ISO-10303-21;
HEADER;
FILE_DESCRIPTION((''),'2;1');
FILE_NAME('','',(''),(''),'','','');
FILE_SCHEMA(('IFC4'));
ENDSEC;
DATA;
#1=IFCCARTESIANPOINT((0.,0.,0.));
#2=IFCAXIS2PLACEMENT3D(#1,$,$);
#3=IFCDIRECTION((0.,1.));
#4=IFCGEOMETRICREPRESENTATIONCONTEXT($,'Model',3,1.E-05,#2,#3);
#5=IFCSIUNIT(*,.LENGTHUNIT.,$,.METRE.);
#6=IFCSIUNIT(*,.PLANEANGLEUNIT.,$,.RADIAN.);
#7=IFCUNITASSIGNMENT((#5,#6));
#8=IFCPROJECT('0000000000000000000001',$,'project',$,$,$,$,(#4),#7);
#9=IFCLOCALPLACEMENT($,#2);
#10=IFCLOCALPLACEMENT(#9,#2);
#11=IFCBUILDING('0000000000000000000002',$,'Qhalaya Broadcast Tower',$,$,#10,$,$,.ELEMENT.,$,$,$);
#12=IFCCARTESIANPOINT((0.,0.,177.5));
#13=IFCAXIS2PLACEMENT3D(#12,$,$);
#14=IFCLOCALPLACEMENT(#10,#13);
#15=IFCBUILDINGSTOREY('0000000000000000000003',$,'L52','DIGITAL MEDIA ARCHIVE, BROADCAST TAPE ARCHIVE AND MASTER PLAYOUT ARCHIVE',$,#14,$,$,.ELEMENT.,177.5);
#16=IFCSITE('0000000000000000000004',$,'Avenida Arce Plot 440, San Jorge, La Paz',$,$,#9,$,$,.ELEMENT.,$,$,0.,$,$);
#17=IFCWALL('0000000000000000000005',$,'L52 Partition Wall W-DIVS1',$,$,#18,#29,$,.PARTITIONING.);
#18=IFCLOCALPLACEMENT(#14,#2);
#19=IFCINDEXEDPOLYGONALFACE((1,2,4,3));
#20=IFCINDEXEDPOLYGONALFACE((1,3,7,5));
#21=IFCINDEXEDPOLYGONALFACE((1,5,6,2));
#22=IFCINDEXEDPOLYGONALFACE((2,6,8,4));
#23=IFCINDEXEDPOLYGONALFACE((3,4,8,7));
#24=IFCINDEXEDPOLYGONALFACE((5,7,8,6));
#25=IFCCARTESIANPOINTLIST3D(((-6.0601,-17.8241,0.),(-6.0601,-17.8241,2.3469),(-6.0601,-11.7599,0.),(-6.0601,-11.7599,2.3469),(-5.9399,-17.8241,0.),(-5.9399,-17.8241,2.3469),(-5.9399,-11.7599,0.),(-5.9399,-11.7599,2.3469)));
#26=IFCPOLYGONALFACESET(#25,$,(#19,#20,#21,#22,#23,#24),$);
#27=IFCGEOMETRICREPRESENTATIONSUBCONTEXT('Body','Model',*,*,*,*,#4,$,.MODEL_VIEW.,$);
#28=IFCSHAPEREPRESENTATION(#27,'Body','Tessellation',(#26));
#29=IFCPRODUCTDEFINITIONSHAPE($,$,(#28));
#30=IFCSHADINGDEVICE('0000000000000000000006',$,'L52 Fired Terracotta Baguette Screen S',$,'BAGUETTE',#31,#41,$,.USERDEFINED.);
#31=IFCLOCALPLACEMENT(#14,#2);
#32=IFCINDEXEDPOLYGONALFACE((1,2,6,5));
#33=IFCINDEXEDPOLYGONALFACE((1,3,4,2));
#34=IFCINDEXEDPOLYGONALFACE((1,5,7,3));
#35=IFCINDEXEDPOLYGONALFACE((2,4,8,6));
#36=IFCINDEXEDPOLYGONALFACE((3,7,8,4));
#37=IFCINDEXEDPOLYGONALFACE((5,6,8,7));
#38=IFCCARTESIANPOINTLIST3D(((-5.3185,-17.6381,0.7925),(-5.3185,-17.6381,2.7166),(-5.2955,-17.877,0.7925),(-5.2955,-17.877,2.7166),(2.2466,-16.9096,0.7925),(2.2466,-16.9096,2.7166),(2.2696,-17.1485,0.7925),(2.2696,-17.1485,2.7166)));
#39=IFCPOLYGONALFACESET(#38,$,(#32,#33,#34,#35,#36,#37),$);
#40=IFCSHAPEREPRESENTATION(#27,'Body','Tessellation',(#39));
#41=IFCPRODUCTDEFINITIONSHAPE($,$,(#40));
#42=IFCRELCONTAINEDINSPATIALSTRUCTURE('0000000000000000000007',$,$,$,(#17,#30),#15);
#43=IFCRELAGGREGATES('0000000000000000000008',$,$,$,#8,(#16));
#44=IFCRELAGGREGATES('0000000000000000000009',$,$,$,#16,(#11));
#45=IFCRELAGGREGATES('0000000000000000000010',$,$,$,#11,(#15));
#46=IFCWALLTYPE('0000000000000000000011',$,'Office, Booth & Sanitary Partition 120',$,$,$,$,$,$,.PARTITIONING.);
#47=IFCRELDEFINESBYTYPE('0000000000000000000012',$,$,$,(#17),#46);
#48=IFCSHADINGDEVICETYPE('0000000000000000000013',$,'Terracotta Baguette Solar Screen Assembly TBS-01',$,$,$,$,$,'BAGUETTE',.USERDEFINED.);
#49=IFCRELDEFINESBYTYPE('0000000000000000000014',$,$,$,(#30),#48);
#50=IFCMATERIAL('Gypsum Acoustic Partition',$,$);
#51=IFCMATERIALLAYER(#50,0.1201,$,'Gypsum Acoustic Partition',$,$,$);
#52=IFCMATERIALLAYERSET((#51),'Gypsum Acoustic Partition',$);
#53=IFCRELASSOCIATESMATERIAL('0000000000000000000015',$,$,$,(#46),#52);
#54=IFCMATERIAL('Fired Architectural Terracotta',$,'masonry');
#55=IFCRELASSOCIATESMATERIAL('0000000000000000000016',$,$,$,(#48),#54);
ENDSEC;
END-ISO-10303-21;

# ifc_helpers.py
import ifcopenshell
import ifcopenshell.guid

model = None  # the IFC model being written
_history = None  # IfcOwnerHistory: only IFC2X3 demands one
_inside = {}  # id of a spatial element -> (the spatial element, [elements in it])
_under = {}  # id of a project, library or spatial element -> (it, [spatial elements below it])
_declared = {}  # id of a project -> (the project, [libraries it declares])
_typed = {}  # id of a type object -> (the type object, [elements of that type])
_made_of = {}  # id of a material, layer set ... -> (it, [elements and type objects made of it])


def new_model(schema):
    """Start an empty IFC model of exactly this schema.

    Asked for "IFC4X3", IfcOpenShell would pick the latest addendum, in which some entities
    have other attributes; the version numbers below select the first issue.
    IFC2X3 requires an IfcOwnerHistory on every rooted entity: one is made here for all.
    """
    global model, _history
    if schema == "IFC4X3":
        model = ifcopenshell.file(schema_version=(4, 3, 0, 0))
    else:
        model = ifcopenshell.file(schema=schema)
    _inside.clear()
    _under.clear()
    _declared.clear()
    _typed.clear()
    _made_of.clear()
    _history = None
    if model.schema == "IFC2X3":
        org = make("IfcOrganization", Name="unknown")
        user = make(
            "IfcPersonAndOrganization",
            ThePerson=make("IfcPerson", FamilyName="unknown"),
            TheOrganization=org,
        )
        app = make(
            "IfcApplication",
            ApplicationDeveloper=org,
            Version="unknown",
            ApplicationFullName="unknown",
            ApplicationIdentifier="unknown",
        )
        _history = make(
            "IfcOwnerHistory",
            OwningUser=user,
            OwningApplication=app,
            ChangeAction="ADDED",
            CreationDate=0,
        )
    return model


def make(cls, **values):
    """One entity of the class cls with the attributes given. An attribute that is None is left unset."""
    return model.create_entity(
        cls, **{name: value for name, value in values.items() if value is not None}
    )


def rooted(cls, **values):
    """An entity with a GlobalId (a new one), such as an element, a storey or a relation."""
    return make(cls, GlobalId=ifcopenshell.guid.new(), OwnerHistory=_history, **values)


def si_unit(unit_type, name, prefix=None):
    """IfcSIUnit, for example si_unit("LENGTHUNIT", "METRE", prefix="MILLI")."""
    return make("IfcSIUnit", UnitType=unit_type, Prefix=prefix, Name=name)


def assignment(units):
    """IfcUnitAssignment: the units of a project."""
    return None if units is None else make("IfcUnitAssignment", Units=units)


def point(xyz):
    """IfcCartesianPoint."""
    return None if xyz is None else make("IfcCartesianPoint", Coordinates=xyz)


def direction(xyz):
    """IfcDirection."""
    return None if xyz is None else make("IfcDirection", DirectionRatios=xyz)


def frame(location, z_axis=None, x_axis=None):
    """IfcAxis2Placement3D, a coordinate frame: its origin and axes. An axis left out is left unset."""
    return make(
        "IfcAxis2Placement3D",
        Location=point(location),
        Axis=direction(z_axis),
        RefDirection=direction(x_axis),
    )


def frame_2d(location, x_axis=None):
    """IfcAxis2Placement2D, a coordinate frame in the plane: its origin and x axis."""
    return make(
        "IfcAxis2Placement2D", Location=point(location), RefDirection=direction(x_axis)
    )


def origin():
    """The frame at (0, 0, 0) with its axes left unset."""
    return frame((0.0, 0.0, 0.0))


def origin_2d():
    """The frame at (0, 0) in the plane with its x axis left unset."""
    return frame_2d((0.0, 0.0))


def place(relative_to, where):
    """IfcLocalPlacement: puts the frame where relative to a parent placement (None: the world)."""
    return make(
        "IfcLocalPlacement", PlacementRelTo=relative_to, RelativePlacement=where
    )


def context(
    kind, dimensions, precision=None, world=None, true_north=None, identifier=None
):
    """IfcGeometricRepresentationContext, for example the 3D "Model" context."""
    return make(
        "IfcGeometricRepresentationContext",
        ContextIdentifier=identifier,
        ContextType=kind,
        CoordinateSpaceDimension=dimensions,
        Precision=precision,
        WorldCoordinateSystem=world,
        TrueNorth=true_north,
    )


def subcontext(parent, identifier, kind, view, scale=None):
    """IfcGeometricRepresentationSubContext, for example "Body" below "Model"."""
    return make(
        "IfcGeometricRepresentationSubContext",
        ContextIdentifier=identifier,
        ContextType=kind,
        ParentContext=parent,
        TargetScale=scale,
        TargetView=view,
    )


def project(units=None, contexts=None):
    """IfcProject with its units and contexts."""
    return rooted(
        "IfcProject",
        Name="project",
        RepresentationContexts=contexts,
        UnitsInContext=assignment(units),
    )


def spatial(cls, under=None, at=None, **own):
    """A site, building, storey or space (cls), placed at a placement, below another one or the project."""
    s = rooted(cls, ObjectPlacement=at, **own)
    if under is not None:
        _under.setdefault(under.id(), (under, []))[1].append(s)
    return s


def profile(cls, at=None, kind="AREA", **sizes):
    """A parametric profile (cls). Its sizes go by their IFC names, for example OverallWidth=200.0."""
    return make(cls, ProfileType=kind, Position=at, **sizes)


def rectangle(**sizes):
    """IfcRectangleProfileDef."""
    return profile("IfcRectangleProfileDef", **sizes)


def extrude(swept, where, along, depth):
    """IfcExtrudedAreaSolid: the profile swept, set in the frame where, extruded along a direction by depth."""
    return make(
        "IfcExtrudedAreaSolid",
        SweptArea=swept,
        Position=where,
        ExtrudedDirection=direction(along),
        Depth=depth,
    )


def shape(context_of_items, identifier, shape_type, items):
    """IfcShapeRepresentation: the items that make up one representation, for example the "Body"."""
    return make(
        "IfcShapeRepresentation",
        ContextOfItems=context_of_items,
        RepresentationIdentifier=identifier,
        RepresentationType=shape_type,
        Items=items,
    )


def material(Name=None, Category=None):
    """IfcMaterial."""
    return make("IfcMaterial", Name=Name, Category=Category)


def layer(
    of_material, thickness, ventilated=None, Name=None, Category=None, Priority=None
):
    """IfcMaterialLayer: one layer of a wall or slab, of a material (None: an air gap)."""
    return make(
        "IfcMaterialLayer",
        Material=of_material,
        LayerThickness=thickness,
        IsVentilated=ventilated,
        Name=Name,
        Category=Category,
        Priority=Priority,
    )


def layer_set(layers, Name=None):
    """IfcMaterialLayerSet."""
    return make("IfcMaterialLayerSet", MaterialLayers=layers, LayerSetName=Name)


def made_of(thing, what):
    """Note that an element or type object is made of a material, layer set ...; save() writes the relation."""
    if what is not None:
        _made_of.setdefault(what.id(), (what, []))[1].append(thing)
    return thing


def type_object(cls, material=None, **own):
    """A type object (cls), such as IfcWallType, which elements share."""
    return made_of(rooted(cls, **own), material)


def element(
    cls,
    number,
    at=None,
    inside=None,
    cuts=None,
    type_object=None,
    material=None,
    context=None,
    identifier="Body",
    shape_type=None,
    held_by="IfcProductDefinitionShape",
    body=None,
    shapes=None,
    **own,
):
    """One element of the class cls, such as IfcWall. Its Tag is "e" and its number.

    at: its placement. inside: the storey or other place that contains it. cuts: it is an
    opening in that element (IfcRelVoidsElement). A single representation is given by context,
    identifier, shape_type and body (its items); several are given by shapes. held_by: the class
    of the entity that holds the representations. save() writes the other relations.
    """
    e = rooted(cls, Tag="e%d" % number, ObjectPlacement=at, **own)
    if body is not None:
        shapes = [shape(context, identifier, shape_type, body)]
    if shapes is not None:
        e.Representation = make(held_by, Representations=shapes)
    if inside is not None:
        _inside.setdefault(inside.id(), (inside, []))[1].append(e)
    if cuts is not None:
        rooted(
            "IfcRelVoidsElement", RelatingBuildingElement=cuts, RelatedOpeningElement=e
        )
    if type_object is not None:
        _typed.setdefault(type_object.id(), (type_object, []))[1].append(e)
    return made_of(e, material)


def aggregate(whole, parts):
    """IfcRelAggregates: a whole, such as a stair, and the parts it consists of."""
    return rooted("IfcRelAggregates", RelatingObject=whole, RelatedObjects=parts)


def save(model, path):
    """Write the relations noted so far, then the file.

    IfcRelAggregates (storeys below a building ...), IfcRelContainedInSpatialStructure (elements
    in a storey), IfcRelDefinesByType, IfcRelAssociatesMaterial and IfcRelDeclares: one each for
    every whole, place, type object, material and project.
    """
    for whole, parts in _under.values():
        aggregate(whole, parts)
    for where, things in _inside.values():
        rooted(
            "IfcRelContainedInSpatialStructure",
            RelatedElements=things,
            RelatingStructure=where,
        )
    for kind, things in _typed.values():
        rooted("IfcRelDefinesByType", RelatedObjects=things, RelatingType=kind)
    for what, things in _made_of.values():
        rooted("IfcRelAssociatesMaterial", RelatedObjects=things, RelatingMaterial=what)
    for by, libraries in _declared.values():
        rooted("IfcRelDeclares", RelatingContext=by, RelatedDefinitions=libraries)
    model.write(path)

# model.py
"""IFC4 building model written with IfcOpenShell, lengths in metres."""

from ifc_helpers import new_model, si_unit, direction, frame, frame_2d, origin, origin_2d, place, context, subcontext, project, spatial, rectangle, extrude, material, layer, layer_set, type_object, element, save


model = new_model("IFC4")

# Units and contexts
model_context = context("Model", 3, precision=1e-05, world=origin(), true_north=direction((0.0, 1.0)))
body_context = subcontext(model_context, "Body", "Model", "MODEL_VIEW")
ifc_project = project(units=[si_unit("LENGTHUNIT", "METRE"), si_unit("PLANEANGLEUNIT", "RADIAN")], contexts=[model_context])

# Site, building, storey
site_placement = place(None, origin())
site = spatial("IfcSite", under=ifc_project, at=site_placement, Name="Avenida Arce Plot 440, San Jorge, La Paz", CompositionType="ELEMENT", RefElevation=0.0)
building_placement = place(site_placement, origin())
building = spatial("IfcBuilding", under=site, at=building_placement, Name="Qhalaya Broadcast Tower", CompositionType="ELEMENT")
storey_placement = place(building_placement, frame((0.0, 0.0, 177.5)))
storey = spatial("IfcBuildingStorey", under=building, at=storey_placement, Name="L52", Description="DIGITAL MEDIA ARCHIVE, BROADCAST TAPE ARCHIVE AND MASTER PLAYOUT ARCHIVE", CompositionType="ELEMENT", Elevation=177.5)

# Shared definitions
ifc_material_1 = material(Name="Fired Architectural Terracotta", Category="masonry")

# Shared definitions
ifc_material_2 = material(Name="Gypsum Acoustic Partition")

# Wall
ifc_layer_1 = layer(ifc_material_2, 0.1201, Name="Gypsum Acoustic Partition")
ifc_layer_set_1 = layer_set([ifc_layer_1], Name="Gypsum Acoustic Partition")
wall_type_1 = type_object("IfcWallType", Name="Office, Booth & Sanitary Partition 120", PredefinedType="PARTITIONING", material=ifc_layer_set_1)
wall_1_placement = place(storey_placement, frame((-6.0, -17.8242, 0.0), z_axis=(0.0, 0.0, 1.0), x_axis=(0.0, 1.0, 0.0)))
element("IfcWall", 1, at=wall_1_placement, inside=storey, type_object=wall_type_1, Name="L52 Partition Wall W-DIVS1", PredefinedType="PARTITIONING", context=body_context, shape_type="SweptSolid", body=[
    extrude(rectangle(XDim=6.0642, YDim=0.1201, at=frame_2d((3.0322, 0.0))), origin(), (0.0, 0.0, 1.0), 2.3469),
])

# Shading device
shading_device_type = type_object("IfcShadingDeviceType", Name="Terracotta Baguette Solar Screen Assembly TBS-01", ElementType="BAGUETTE", PredefinedType="USERDEFINED", material=ifc_material_1)
shading_device_placement = place(storey_placement, frame((-1.5244, -17.3933, 0.7925), z_axis=(0.0, 0.0, 1.0), x_axis=(0.995396, 0.095846, 0.0)))
element("IfcShadingDevice", 2, at=shading_device_placement, inside=storey, type_object=shading_device_type, Name="L52 Fired Terracotta Baguette Screen S", ObjectType="BAGUETTE", PredefinedType="USERDEFINED", context=body_context, shape_type="SweptSolid", body=[
    extrude(rectangle(XDim=7.6001, YDim=0.24, at=origin_2d()), origin(), (0.0, 0.0, 1.0), 1.9241),
])

save(model, "model.ifc")
